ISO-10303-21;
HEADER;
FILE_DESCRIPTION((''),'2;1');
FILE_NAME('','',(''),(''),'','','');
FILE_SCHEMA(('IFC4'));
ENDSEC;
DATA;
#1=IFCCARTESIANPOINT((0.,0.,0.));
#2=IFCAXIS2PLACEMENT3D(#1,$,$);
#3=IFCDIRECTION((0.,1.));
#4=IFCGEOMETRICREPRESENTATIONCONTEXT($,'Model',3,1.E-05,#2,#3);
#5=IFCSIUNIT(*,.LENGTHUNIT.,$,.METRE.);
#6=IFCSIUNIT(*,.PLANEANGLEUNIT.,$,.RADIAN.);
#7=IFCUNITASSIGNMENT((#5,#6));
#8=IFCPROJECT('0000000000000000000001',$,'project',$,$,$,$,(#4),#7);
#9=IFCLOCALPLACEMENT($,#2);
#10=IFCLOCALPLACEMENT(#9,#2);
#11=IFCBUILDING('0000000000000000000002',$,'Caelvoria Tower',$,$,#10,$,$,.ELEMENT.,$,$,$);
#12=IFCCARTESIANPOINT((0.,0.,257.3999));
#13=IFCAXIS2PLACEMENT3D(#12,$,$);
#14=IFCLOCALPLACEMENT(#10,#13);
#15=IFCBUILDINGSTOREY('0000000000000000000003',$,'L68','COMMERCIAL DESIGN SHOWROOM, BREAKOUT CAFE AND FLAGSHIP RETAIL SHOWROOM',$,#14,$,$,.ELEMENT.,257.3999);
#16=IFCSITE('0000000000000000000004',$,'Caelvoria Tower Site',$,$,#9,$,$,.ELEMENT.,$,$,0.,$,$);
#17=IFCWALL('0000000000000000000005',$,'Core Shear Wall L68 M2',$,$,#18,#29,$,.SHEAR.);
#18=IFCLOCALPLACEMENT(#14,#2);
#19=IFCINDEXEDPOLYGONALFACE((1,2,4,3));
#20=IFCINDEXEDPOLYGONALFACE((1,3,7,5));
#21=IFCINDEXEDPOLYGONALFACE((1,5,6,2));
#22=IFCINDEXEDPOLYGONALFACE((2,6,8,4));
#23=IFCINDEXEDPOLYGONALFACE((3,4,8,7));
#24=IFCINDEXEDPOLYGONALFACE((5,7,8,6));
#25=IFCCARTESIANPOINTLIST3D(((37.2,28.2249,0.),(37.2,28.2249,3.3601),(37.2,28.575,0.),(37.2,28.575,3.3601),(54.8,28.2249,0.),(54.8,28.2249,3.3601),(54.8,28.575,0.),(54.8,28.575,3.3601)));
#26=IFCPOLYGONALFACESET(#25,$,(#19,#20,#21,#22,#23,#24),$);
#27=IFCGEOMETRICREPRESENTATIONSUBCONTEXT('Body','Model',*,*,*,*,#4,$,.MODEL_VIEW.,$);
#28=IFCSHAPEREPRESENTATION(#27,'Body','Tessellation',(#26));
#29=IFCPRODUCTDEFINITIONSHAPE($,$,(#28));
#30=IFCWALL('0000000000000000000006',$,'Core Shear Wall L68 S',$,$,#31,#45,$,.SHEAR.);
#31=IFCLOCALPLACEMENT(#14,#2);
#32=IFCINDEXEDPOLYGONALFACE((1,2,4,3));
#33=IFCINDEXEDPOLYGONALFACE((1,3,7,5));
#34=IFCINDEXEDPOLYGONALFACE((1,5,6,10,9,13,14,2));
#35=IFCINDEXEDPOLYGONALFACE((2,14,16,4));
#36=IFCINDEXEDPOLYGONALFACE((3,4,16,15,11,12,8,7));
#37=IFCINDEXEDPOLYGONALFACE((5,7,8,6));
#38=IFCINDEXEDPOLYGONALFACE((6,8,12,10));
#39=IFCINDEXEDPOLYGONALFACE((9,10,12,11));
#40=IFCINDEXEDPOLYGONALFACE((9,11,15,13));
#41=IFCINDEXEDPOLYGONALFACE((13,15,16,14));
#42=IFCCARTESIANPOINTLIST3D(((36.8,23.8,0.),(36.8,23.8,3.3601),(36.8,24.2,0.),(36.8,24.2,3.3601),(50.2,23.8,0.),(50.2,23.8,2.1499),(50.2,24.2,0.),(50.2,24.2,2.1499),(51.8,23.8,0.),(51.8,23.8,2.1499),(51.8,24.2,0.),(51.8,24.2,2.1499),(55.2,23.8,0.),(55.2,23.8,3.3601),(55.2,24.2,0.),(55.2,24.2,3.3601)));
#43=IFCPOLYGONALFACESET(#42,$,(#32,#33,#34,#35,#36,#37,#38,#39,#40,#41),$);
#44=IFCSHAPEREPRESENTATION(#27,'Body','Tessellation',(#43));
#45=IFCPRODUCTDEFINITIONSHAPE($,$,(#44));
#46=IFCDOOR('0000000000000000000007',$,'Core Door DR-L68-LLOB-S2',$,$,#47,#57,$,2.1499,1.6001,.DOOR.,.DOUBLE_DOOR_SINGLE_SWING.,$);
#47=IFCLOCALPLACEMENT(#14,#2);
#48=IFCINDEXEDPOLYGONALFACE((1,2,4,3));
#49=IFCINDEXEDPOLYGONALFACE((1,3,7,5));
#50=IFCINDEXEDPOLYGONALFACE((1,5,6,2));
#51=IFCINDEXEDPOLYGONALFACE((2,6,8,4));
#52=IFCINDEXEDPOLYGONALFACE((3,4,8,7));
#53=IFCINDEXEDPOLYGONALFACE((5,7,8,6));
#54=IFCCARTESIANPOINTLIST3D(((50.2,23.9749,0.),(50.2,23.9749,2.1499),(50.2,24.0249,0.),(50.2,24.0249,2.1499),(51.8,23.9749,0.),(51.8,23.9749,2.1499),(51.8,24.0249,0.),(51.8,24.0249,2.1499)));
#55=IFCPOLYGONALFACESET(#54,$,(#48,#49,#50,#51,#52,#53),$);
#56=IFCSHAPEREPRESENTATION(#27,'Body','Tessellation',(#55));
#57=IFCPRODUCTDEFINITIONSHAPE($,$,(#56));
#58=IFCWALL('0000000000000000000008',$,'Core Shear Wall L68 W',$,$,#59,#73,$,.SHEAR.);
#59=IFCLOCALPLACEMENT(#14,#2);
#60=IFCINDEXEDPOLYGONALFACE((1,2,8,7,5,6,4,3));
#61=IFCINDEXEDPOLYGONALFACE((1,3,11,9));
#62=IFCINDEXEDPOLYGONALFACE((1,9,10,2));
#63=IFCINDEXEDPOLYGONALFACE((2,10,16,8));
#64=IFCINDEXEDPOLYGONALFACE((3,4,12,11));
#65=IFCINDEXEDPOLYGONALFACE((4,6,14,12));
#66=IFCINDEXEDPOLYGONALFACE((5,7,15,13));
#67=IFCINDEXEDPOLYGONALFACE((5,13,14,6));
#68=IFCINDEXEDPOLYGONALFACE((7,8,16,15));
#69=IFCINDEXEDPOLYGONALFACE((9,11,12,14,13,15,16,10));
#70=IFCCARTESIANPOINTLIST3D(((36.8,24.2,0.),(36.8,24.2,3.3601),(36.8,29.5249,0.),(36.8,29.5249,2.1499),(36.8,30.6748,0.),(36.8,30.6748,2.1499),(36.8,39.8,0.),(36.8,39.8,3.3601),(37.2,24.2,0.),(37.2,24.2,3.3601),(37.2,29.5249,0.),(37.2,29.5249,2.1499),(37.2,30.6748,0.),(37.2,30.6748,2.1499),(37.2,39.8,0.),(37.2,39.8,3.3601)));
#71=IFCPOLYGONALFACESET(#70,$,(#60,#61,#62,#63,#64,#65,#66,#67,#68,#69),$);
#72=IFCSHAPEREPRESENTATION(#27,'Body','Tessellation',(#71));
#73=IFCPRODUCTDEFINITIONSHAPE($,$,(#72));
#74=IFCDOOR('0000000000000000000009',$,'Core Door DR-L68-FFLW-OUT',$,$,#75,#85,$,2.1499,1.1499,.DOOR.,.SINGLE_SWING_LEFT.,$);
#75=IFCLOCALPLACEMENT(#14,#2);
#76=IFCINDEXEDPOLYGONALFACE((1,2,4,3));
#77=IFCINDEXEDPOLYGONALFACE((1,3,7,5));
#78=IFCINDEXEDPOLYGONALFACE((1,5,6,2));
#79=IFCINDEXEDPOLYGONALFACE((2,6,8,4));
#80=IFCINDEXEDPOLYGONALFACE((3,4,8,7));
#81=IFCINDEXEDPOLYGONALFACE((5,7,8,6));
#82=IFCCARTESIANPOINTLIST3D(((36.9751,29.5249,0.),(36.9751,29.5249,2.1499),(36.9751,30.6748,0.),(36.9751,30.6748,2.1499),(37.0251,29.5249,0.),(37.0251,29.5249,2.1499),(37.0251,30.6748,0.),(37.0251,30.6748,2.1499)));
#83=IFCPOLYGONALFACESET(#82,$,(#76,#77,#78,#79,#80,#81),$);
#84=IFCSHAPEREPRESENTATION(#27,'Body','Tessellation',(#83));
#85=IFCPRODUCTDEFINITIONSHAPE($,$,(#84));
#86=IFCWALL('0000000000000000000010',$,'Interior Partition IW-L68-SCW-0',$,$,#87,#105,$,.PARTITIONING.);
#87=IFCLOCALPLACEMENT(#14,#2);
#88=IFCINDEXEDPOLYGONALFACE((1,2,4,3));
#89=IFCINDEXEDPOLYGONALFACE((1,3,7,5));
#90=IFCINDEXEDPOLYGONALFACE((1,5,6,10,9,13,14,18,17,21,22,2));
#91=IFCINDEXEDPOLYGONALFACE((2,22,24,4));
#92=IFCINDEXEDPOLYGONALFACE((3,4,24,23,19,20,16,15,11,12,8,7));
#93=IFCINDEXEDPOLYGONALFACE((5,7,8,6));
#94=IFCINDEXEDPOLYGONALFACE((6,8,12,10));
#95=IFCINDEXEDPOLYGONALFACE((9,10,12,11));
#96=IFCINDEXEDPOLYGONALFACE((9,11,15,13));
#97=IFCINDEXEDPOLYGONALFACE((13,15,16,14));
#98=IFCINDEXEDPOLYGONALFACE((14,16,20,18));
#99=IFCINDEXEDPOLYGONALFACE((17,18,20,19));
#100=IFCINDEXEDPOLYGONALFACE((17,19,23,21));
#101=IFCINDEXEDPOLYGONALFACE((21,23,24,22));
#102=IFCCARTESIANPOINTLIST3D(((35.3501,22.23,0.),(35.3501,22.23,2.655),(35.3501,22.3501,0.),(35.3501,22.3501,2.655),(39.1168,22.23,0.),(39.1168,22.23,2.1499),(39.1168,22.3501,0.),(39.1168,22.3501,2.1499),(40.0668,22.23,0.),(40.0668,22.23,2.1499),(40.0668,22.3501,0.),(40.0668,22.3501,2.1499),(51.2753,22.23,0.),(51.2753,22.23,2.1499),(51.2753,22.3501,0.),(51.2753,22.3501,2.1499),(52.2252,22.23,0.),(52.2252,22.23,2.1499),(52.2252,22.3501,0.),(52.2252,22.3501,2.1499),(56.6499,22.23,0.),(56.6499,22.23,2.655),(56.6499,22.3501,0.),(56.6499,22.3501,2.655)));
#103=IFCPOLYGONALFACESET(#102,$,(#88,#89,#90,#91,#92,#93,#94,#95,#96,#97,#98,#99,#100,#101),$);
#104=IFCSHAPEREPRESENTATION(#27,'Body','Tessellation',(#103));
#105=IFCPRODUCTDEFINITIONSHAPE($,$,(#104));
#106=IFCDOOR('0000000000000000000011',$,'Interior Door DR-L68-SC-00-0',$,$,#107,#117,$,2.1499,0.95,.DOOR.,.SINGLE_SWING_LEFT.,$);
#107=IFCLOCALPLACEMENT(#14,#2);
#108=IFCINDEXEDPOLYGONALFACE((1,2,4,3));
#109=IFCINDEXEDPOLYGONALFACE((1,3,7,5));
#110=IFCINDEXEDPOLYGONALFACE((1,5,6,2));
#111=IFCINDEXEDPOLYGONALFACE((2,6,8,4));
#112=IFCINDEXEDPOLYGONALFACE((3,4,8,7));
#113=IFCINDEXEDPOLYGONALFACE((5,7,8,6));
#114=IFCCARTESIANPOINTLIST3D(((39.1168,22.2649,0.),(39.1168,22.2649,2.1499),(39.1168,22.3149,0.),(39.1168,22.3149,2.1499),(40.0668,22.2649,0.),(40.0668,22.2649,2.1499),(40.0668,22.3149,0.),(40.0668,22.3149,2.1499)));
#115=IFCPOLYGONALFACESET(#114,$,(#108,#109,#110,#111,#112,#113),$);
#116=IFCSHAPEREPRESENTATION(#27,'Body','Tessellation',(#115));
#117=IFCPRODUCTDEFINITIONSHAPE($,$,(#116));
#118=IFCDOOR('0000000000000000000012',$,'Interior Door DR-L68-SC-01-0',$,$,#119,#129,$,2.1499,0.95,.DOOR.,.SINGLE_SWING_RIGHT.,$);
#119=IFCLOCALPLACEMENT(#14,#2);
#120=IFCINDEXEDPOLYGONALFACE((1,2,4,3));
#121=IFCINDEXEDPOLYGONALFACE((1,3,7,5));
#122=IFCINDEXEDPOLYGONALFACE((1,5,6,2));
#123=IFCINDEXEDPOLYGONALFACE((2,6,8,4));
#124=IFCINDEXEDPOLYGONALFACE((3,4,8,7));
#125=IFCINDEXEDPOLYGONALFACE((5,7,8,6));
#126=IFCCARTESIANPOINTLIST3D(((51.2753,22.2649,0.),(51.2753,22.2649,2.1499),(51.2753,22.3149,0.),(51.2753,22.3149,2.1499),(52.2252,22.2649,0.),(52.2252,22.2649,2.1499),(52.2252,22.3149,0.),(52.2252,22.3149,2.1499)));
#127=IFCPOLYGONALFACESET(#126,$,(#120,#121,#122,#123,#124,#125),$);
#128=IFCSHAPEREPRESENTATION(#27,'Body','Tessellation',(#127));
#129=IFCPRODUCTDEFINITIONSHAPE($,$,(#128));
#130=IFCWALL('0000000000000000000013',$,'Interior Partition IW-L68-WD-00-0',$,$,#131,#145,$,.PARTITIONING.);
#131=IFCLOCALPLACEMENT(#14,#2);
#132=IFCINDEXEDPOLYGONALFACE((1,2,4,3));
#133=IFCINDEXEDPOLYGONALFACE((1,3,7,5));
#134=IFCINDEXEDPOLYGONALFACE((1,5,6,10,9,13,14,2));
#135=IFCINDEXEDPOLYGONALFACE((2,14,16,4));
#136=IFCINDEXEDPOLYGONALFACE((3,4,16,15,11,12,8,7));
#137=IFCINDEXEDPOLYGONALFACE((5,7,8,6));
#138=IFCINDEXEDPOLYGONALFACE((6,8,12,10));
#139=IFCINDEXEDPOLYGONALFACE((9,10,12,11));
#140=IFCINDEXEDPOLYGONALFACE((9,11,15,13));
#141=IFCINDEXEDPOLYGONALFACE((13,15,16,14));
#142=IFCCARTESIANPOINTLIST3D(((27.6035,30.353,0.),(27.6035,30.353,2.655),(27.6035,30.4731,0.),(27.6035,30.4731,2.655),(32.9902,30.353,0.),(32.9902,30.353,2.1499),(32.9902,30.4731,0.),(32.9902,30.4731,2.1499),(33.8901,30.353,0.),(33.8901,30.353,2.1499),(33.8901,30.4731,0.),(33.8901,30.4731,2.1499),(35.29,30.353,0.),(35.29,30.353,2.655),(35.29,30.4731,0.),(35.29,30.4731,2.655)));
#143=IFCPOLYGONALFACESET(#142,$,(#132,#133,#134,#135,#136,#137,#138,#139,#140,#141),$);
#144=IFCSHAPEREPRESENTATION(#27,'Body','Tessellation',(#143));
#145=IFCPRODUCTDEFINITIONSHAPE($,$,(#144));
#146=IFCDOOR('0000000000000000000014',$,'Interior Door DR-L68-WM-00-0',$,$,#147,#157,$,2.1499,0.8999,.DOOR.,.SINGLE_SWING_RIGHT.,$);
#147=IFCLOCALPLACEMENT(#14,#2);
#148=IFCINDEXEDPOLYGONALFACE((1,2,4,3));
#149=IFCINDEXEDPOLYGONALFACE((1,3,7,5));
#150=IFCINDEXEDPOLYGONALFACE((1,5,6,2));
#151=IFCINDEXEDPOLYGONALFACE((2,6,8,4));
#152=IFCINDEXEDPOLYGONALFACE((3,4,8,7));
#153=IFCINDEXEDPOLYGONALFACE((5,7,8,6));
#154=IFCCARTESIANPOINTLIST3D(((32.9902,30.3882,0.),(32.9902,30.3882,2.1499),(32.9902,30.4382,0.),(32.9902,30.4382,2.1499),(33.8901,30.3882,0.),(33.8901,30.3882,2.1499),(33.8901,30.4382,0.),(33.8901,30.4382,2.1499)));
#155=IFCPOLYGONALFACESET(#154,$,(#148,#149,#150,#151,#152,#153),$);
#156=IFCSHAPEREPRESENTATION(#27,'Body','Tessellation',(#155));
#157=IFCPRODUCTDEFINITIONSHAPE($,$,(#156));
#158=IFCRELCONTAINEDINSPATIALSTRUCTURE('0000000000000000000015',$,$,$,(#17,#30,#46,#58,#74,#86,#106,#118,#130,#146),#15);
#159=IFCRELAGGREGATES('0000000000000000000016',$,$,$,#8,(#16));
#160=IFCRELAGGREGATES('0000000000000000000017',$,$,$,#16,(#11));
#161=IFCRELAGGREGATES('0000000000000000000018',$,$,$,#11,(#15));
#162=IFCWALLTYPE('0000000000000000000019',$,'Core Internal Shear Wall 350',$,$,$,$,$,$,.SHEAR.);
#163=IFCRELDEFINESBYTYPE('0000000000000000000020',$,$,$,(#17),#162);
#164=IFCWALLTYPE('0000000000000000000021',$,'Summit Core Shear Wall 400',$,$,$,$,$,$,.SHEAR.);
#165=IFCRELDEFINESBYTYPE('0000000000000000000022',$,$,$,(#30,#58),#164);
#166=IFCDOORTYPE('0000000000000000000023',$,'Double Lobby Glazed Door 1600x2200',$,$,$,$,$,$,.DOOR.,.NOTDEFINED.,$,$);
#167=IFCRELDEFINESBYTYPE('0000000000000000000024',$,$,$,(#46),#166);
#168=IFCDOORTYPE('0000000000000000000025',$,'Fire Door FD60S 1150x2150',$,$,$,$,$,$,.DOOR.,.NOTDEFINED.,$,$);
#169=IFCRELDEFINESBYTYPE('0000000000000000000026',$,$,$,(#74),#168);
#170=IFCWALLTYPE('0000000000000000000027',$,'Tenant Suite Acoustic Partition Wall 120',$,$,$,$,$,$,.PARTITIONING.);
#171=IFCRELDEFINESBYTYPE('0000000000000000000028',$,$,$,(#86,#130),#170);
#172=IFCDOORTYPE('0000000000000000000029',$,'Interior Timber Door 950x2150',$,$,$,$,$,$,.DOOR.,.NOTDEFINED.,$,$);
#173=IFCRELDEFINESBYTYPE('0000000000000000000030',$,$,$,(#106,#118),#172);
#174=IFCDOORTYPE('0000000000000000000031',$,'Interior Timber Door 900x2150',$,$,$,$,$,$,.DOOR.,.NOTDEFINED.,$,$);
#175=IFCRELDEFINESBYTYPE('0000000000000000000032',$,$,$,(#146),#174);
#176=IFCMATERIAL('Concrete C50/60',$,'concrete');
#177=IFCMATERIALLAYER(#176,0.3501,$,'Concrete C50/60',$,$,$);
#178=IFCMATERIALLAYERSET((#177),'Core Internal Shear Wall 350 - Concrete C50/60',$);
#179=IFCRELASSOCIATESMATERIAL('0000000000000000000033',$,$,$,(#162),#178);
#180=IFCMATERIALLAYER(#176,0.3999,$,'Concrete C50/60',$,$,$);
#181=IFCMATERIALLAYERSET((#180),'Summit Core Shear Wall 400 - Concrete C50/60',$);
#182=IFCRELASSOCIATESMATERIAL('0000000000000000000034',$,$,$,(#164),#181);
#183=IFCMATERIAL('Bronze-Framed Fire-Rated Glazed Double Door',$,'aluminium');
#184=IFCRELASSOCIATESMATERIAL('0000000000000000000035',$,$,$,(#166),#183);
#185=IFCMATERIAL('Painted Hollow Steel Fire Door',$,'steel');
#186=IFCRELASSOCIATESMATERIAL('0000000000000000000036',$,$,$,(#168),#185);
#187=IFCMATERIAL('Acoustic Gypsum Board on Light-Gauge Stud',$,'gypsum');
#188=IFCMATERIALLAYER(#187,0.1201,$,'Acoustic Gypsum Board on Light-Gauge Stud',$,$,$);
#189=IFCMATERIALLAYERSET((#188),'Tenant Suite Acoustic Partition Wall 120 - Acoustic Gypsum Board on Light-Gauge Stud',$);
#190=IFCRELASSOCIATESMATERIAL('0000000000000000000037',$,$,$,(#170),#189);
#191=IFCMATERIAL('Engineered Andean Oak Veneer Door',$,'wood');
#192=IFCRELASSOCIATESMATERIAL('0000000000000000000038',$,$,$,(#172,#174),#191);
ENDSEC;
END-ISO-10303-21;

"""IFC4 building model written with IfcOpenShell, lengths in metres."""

from ifc_helpers import new_model, si_unit, direction, frame, frame_2d, origin, place, context, subcontext, project, spatial, rectangle, extrude, material, layer, layer_set, type_object, element, fill, save


model = new_model("IFC4")

# Units and contexts
model_context = context("Model", 3, precision=1e-05, world=origin(), true_north=direction((0.0, 1.0)))
body_context = subcontext(model_context, "Body", "Model", "MODEL_VIEW")
ifc_project = project(units=[si_unit("LENGTHUNIT", "METRE"), si_unit("PLANEANGLEUNIT", "RADIAN")], contexts=[model_context])

# Site, building, storey
site_placement = place(None, origin())
site = spatial("IfcSite", under=ifc_project, at=site_placement, Name="Caelvoria Tower Site", CompositionType="ELEMENT", RefElevation=0.0)
building_placement = place(site_placement, origin())
building = spatial("IfcBuilding", under=site, at=building_placement, Name="Caelvoria Tower", CompositionType="ELEMENT")
storey_placement = place(building_placement, frame((0.0, 0.0, 257.3999)))
storey = spatial("IfcBuildingStorey", under=building, at=storey_placement, Name="L68", Description="COMMERCIAL DESIGN SHOWROOM, BREAKOUT CAFE AND FLAGSHIP RETAIL SHOWROOM", CompositionType="ELEMENT", Elevation=257.3999)

# Wall
ifc_material_1 = material(Name="Concrete C50/60", Category="concrete")
ifc_layer_1 = layer(ifc_material_1, 0.3501, Name="Concrete C50/60")
ifc_layer_set_1 = layer_set([ifc_layer_1], Name="Core Internal Shear Wall 350 - Concrete C50/60")
wall_type_1 = type_object("IfcWallType", Name="Core Internal Shear Wall 350", PredefinedType="SHEAR", material=ifc_layer_set_1)
wall_1_placement = place(storey_placement, frame((37.2, 28.3999, 0.0), z_axis=(0.0, 0.0, 1.0), x_axis=(1.0, 0.0, 0.0)))
element("IfcWall", 1, at=wall_1_placement, inside=storey, type_object=wall_type_1, Name="Core Shear Wall L68 M2", PredefinedType="SHEAR", context=body_context, shape_type="SweptSolid", body=[
    extrude(rectangle(XDim=17.6001, YDim=0.3501, at=frame_2d((8.8, 0.0))), origin(), (0.0, 0.0, 1.0), 3.3601),
])

# Walls, openings, doors
ifc_layer_2 = layer(ifc_material_1, 0.3999, Name="Concrete C50/60")
ifc_layer_set_2 = layer_set([ifc_layer_2], Name="Summit Core Shear Wall 400 - Concrete C50/60")
wall_type_2 = type_object("IfcWallType", Name="Summit Core Shear Wall 400", PredefinedType="SHEAR", material=ifc_layer_set_2)
wall_2_placement = place(storey_placement, frame((36.8, 24.0, 0.0), z_axis=(0.0, 0.0, 1.0), x_axis=(1.0, 0.0, 0.0)))
wall_2 = element("IfcWall", 2, at=wall_2_placement, inside=storey, type_object=wall_type_2, Name="Core Shear Wall L68 S", PredefinedType="SHEAR", context=body_context, shape_type="SweptSolid", body=[
    extrude(rectangle(XDim=18.3999, YDim=0.3999, at=frame_2d((9.2, 0.0))), origin(), (0.0, 0.0, 1.0), 3.3601),
])
opening_1_placement = place(wall_2_placement, frame((13.3999, 0.0, 0.0)))
opening_1 = element("IfcOpeningElement", 3, at=opening_1_placement, cuts=wall_2, PredefinedType="OPENING", context=body_context, shape_type="SweptSolid", body=[
    extrude(rectangle(XDim=1.6001, YDim=2.1499, at=frame_2d((0.8, 1.075))), frame((0.0, 0.21, 0.0), z_axis=(0.0, -1.0, 0.0), x_axis=(1.0, 0.0, 0.0)), (0.0, 0.0, 1.0), 0.4199),
])
ifc_material_2 = material(Name="Bronze-Framed Fire-Rated Glazed Double Door", Category="aluminium")
door_type_1 = type_object("IfcDoorType", Name="Double Lobby Glazed Door 1600x2200", OperationType="NOTDEFINED", PredefinedType="DOOR", material=ifc_material_2)
door_1_placement = place(opening_1_placement, origin())
door_1 = element("IfcDoor", 4, at=door_1_placement, inside=storey, type_object=door_type_1, Name="Core Door DR-L68-LLOB-S2", OperationType="DOUBLE_DOOR_SINGLE_SWING", OverallHeight=2.1499, OverallWidth=1.6001, PredefinedType="DOOR", context=body_context, shape_type="SweptSolid", body=[
    extrude(rectangle(XDim=1.6001, YDim=2.1499, at=frame_2d((0.8, 1.075))), frame((0.0, 0.0249, 0.0), z_axis=(0.0, -1.0, 0.0), x_axis=(1.0, 0.0, 0.0)), (0.0, 0.0, 1.0), 0.05),
])
fill(opening_1, door_1)
wall_3_placement = place(storey_placement, frame((37.0, 24.2, 0.0), z_axis=(0.0, 0.0, 1.0), x_axis=(0.0, 1.0, 0.0)))
wall_3 = element("IfcWall", 5, at=wall_3_placement, inside=storey, type_object=wall_type_2, Name="Core Shear Wall L68 W", PredefinedType="SHEAR", context=body_context, shape_type="SweptSolid", body=[
    extrude(rectangle(XDim=15.6001, YDim=0.3999, at=frame_2d((7.8, 0.0))), origin(), (0.0, 0.0, 1.0), 3.3601),
])
opening_2_placement = place(wall_3_placement, frame((5.325, 0.0, 0.0)))
opening_2 = element("IfcOpeningElement", 6, at=opening_2_placement, cuts=wall_3, PredefinedType="OPENING", context=body_context, shape_type="SweptSolid", body=[
    extrude(rectangle(XDim=1.1499, YDim=2.1499, at=frame_2d((0.575, 1.075))), frame((0.0, 0.21, 0.0), z_axis=(0.0, -1.0, 0.0), x_axis=(1.0, 0.0, 0.0)), (0.0, 0.0, 1.0), 0.4199),
])
ifc_material_3 = material(Name="Painted Hollow Steel Fire Door", Category="steel")
door_type_2 = type_object("IfcDoorType", Name="Fire Door FD60S 1150x2150", OperationType="NOTDEFINED", PredefinedType="DOOR", material=ifc_material_3)
door_2_placement = place(opening_2_placement, origin())
door_2 = element("IfcDoor", 7, at=door_2_placement, inside=storey, type_object=door_type_2, Name="Core Door DR-L68-FFLW-OUT", OperationType="SINGLE_SWING_LEFT", OverallHeight=2.1499, OverallWidth=1.1499, PredefinedType="DOOR", context=body_context, shape_type="SweptSolid", body=[
    extrude(rectangle(XDim=1.1499, YDim=2.1499, at=frame_2d((0.575, 1.075))), frame((0.0, 0.0249, 0.0), z_axis=(0.0, -1.0, 0.0), x_axis=(1.0, 0.0, 0.0)), (0.0, 0.0, 1.0), 0.05),
])
fill(opening_2, door_2)

# Wall, openings, doors
ifc_material_4 = material(Name="Acoustic Gypsum Board on Light-Gauge Stud", Category="gypsum")
ifc_layer_3 = layer(ifc_material_4, 0.1201, Name="Acoustic Gypsum Board on Light-Gauge Stud")
ifc_layer_set_3 = layer_set([ifc_layer_3], Name="Tenant Suite Acoustic Partition Wall 120 - Acoustic Gypsum Board on Light-Gauge Stud")
wall_type_3 = type_object("IfcWallType", Name="Tenant Suite Acoustic Partition Wall 120", PredefinedType="PARTITIONING", material=ifc_layer_set_3)
wall_4_placement = place(storey_placement, frame((35.3501, 22.29, 0.0), z_axis=(0.0, 0.0, 1.0), x_axis=(1.0, 0.0, 0.0)))
wall_4 = element("IfcWall", 8, at=wall_4_placement, inside=storey, type_object=wall_type_3, Name="Interior Partition IW-L68-SCW-0", PredefinedType="PARTITIONING", context=body_context, shape_type="SweptSolid", body=[
    extrude(rectangle(XDim=21.2998, YDim=0.1201, at=frame_2d((10.6499, 0.0))), origin(), (0.0, 0.0, 1.0), 2.655),
])
opening_3_placement = place(wall_4_placement, frame((3.7666, 0.0, 0.0)))
opening_3 = element("IfcOpeningElement", 9, at=opening_3_placement, cuts=wall_4, PredefinedType="OPENING", context=body_context, shape_type="SweptSolid", body=[
    extrude(rectangle(XDim=0.95, YDim=2.1499, at=frame_2d((0.4751, 1.075))), frame((0.0, 0.0701, 0.0), z_axis=(0.0, -1.0, 0.0), x_axis=(1.0, 0.0, 0.0)), (0.0, 0.0, 1.0), 0.1401),
])
opening_4_placement = place(wall_4_placement, frame((15.925, 0.0, 0.0)))
opening_4 = element("IfcOpeningElement", 10, at=opening_4_placement, cuts=wall_4, PredefinedType="OPENING", context=body_context, shape_type="SweptSolid", body=[
    extrude(rectangle(XDim=0.95, YDim=2.1499, at=frame_2d((0.4751, 1.075))), frame((0.0, 0.0701, 0.0), z_axis=(0.0, -1.0, 0.0), x_axis=(1.0, 0.0, 0.0)), (0.0, 0.0, 1.0), 0.1401),
])
ifc_material_5 = material(Name="Engineered Andean Oak Veneer Door", Category="wood")
door_type_3 = type_object("IfcDoorType", Name="Interior Timber Door 950x2150", OperationType="NOTDEFINED", PredefinedType="DOOR", material=ifc_material_5)
door_3_placement = place(opening_3_placement, origin())
door_3 = element("IfcDoor", 11, at=door_3_placement, inside=storey, type_object=door_type_3, Name="Interior Door DR-L68-SC-00-0", OperationType="SINGLE_SWING_LEFT", OverallHeight=2.1499, OverallWidth=0.95, PredefinedType="DOOR", context=body_context, shape_type="SweptSolid", body=[
    extrude(rectangle(XDim=0.95, YDim=2.1499, at=frame_2d((0.4751, 1.075))), frame((0.0, 0.0249, 0.0), z_axis=(0.0, -1.0, 0.0), x_axis=(1.0, 0.0, 0.0)), (0.0, 0.0, 1.0), 0.05),
])
fill(opening_3, door_3)
door_4_placement = place(opening_4_placement, origin())
door_4 = element("IfcDoor", 12, at=door_4_placement, inside=storey, type_object=door_type_3, Name="Interior Door DR-L68-SC-01-0", OperationType="SINGLE_SWING_RIGHT", OverallHeight=2.1499, OverallWidth=0.95, PredefinedType="DOOR", context=body_context, shape_type="SweptSolid", body=[
    extrude(rectangle(XDim=0.95, YDim=2.1499, at=frame_2d((0.4751, 1.075))), frame((0.0, 0.0249, 0.0), z_axis=(0.0, -1.0, 0.0), x_axis=(1.0, 0.0, 0.0)), (0.0, 0.0, 1.0), 0.05),
])
fill(opening_4, door_4)

# Wall, opening, door
wall_5_placement = place(storey_placement, frame((35.29, 30.4131, 0.0), z_axis=(0.0, 0.0, 1.0), x_axis=(-1.0, 0.0, 0.0)))
wall_5 = element("IfcWall", 13, at=wall_5_placement, inside=storey, type_object=wall_type_3, Name="Interior Partition IW-L68-WD-00-0", PredefinedType="PARTITIONING", context=body_context, shape_type="SweptSolid", body=[
    extrude(rectangle(XDim=7.6865, YDim=0.1201, at=frame_2d((3.8433, 0.0))), origin(), (0.0, 0.0, 1.0), 2.655),
])
opening_5_placement = place(wall_5_placement, frame((1.3999, 0.0, 0.0)))
opening_5 = element("IfcOpeningElement", 14, at=opening_5_placement, cuts=wall_5, PredefinedType="OPENING", context=body_context, shape_type="SweptSolid", body=[
    extrude(rectangle(XDim=0.8999, YDim=2.1499, at=frame_2d((0.45, 1.075))), frame((0.0, 0.0701, 0.0), z_axis=(0.0, -1.0, 0.0), x_axis=(1.0, 0.0, 0.0)), (0.0, 0.0, 1.0), 0.1401),
])
door_type_4 = type_object("IfcDoorType", Name="Interior Timber Door 900x2150", OperationType="NOTDEFINED", PredefinedType="DOOR", material=ifc_material_5)
door_5_placement = place(opening_5_placement, origin())
door_5 = element("IfcDoor", 15, at=door_5_placement, inside=storey, type_object=door_type_4, Name="Interior Door DR-L68-WM-00-0", OperationType="SINGLE_SWING_RIGHT", OverallHeight=2.1499, OverallWidth=0.8999, PredefinedType="DOOR", context=body_context, shape_type="SweptSolid", body=[
    extrude(rectangle(XDim=0.8999, YDim=2.1499, at=frame_2d((0.45, 1.075))), frame((0.0, 0.0249, 0.0), z_axis=(0.0, -1.0, 0.0), x_axis=(1.0, 0.0, 0.0)), (0.0, 0.0, 1.0), 0.05),
])
fill(opening_5, door_5)

save(model, "model.ifc")
